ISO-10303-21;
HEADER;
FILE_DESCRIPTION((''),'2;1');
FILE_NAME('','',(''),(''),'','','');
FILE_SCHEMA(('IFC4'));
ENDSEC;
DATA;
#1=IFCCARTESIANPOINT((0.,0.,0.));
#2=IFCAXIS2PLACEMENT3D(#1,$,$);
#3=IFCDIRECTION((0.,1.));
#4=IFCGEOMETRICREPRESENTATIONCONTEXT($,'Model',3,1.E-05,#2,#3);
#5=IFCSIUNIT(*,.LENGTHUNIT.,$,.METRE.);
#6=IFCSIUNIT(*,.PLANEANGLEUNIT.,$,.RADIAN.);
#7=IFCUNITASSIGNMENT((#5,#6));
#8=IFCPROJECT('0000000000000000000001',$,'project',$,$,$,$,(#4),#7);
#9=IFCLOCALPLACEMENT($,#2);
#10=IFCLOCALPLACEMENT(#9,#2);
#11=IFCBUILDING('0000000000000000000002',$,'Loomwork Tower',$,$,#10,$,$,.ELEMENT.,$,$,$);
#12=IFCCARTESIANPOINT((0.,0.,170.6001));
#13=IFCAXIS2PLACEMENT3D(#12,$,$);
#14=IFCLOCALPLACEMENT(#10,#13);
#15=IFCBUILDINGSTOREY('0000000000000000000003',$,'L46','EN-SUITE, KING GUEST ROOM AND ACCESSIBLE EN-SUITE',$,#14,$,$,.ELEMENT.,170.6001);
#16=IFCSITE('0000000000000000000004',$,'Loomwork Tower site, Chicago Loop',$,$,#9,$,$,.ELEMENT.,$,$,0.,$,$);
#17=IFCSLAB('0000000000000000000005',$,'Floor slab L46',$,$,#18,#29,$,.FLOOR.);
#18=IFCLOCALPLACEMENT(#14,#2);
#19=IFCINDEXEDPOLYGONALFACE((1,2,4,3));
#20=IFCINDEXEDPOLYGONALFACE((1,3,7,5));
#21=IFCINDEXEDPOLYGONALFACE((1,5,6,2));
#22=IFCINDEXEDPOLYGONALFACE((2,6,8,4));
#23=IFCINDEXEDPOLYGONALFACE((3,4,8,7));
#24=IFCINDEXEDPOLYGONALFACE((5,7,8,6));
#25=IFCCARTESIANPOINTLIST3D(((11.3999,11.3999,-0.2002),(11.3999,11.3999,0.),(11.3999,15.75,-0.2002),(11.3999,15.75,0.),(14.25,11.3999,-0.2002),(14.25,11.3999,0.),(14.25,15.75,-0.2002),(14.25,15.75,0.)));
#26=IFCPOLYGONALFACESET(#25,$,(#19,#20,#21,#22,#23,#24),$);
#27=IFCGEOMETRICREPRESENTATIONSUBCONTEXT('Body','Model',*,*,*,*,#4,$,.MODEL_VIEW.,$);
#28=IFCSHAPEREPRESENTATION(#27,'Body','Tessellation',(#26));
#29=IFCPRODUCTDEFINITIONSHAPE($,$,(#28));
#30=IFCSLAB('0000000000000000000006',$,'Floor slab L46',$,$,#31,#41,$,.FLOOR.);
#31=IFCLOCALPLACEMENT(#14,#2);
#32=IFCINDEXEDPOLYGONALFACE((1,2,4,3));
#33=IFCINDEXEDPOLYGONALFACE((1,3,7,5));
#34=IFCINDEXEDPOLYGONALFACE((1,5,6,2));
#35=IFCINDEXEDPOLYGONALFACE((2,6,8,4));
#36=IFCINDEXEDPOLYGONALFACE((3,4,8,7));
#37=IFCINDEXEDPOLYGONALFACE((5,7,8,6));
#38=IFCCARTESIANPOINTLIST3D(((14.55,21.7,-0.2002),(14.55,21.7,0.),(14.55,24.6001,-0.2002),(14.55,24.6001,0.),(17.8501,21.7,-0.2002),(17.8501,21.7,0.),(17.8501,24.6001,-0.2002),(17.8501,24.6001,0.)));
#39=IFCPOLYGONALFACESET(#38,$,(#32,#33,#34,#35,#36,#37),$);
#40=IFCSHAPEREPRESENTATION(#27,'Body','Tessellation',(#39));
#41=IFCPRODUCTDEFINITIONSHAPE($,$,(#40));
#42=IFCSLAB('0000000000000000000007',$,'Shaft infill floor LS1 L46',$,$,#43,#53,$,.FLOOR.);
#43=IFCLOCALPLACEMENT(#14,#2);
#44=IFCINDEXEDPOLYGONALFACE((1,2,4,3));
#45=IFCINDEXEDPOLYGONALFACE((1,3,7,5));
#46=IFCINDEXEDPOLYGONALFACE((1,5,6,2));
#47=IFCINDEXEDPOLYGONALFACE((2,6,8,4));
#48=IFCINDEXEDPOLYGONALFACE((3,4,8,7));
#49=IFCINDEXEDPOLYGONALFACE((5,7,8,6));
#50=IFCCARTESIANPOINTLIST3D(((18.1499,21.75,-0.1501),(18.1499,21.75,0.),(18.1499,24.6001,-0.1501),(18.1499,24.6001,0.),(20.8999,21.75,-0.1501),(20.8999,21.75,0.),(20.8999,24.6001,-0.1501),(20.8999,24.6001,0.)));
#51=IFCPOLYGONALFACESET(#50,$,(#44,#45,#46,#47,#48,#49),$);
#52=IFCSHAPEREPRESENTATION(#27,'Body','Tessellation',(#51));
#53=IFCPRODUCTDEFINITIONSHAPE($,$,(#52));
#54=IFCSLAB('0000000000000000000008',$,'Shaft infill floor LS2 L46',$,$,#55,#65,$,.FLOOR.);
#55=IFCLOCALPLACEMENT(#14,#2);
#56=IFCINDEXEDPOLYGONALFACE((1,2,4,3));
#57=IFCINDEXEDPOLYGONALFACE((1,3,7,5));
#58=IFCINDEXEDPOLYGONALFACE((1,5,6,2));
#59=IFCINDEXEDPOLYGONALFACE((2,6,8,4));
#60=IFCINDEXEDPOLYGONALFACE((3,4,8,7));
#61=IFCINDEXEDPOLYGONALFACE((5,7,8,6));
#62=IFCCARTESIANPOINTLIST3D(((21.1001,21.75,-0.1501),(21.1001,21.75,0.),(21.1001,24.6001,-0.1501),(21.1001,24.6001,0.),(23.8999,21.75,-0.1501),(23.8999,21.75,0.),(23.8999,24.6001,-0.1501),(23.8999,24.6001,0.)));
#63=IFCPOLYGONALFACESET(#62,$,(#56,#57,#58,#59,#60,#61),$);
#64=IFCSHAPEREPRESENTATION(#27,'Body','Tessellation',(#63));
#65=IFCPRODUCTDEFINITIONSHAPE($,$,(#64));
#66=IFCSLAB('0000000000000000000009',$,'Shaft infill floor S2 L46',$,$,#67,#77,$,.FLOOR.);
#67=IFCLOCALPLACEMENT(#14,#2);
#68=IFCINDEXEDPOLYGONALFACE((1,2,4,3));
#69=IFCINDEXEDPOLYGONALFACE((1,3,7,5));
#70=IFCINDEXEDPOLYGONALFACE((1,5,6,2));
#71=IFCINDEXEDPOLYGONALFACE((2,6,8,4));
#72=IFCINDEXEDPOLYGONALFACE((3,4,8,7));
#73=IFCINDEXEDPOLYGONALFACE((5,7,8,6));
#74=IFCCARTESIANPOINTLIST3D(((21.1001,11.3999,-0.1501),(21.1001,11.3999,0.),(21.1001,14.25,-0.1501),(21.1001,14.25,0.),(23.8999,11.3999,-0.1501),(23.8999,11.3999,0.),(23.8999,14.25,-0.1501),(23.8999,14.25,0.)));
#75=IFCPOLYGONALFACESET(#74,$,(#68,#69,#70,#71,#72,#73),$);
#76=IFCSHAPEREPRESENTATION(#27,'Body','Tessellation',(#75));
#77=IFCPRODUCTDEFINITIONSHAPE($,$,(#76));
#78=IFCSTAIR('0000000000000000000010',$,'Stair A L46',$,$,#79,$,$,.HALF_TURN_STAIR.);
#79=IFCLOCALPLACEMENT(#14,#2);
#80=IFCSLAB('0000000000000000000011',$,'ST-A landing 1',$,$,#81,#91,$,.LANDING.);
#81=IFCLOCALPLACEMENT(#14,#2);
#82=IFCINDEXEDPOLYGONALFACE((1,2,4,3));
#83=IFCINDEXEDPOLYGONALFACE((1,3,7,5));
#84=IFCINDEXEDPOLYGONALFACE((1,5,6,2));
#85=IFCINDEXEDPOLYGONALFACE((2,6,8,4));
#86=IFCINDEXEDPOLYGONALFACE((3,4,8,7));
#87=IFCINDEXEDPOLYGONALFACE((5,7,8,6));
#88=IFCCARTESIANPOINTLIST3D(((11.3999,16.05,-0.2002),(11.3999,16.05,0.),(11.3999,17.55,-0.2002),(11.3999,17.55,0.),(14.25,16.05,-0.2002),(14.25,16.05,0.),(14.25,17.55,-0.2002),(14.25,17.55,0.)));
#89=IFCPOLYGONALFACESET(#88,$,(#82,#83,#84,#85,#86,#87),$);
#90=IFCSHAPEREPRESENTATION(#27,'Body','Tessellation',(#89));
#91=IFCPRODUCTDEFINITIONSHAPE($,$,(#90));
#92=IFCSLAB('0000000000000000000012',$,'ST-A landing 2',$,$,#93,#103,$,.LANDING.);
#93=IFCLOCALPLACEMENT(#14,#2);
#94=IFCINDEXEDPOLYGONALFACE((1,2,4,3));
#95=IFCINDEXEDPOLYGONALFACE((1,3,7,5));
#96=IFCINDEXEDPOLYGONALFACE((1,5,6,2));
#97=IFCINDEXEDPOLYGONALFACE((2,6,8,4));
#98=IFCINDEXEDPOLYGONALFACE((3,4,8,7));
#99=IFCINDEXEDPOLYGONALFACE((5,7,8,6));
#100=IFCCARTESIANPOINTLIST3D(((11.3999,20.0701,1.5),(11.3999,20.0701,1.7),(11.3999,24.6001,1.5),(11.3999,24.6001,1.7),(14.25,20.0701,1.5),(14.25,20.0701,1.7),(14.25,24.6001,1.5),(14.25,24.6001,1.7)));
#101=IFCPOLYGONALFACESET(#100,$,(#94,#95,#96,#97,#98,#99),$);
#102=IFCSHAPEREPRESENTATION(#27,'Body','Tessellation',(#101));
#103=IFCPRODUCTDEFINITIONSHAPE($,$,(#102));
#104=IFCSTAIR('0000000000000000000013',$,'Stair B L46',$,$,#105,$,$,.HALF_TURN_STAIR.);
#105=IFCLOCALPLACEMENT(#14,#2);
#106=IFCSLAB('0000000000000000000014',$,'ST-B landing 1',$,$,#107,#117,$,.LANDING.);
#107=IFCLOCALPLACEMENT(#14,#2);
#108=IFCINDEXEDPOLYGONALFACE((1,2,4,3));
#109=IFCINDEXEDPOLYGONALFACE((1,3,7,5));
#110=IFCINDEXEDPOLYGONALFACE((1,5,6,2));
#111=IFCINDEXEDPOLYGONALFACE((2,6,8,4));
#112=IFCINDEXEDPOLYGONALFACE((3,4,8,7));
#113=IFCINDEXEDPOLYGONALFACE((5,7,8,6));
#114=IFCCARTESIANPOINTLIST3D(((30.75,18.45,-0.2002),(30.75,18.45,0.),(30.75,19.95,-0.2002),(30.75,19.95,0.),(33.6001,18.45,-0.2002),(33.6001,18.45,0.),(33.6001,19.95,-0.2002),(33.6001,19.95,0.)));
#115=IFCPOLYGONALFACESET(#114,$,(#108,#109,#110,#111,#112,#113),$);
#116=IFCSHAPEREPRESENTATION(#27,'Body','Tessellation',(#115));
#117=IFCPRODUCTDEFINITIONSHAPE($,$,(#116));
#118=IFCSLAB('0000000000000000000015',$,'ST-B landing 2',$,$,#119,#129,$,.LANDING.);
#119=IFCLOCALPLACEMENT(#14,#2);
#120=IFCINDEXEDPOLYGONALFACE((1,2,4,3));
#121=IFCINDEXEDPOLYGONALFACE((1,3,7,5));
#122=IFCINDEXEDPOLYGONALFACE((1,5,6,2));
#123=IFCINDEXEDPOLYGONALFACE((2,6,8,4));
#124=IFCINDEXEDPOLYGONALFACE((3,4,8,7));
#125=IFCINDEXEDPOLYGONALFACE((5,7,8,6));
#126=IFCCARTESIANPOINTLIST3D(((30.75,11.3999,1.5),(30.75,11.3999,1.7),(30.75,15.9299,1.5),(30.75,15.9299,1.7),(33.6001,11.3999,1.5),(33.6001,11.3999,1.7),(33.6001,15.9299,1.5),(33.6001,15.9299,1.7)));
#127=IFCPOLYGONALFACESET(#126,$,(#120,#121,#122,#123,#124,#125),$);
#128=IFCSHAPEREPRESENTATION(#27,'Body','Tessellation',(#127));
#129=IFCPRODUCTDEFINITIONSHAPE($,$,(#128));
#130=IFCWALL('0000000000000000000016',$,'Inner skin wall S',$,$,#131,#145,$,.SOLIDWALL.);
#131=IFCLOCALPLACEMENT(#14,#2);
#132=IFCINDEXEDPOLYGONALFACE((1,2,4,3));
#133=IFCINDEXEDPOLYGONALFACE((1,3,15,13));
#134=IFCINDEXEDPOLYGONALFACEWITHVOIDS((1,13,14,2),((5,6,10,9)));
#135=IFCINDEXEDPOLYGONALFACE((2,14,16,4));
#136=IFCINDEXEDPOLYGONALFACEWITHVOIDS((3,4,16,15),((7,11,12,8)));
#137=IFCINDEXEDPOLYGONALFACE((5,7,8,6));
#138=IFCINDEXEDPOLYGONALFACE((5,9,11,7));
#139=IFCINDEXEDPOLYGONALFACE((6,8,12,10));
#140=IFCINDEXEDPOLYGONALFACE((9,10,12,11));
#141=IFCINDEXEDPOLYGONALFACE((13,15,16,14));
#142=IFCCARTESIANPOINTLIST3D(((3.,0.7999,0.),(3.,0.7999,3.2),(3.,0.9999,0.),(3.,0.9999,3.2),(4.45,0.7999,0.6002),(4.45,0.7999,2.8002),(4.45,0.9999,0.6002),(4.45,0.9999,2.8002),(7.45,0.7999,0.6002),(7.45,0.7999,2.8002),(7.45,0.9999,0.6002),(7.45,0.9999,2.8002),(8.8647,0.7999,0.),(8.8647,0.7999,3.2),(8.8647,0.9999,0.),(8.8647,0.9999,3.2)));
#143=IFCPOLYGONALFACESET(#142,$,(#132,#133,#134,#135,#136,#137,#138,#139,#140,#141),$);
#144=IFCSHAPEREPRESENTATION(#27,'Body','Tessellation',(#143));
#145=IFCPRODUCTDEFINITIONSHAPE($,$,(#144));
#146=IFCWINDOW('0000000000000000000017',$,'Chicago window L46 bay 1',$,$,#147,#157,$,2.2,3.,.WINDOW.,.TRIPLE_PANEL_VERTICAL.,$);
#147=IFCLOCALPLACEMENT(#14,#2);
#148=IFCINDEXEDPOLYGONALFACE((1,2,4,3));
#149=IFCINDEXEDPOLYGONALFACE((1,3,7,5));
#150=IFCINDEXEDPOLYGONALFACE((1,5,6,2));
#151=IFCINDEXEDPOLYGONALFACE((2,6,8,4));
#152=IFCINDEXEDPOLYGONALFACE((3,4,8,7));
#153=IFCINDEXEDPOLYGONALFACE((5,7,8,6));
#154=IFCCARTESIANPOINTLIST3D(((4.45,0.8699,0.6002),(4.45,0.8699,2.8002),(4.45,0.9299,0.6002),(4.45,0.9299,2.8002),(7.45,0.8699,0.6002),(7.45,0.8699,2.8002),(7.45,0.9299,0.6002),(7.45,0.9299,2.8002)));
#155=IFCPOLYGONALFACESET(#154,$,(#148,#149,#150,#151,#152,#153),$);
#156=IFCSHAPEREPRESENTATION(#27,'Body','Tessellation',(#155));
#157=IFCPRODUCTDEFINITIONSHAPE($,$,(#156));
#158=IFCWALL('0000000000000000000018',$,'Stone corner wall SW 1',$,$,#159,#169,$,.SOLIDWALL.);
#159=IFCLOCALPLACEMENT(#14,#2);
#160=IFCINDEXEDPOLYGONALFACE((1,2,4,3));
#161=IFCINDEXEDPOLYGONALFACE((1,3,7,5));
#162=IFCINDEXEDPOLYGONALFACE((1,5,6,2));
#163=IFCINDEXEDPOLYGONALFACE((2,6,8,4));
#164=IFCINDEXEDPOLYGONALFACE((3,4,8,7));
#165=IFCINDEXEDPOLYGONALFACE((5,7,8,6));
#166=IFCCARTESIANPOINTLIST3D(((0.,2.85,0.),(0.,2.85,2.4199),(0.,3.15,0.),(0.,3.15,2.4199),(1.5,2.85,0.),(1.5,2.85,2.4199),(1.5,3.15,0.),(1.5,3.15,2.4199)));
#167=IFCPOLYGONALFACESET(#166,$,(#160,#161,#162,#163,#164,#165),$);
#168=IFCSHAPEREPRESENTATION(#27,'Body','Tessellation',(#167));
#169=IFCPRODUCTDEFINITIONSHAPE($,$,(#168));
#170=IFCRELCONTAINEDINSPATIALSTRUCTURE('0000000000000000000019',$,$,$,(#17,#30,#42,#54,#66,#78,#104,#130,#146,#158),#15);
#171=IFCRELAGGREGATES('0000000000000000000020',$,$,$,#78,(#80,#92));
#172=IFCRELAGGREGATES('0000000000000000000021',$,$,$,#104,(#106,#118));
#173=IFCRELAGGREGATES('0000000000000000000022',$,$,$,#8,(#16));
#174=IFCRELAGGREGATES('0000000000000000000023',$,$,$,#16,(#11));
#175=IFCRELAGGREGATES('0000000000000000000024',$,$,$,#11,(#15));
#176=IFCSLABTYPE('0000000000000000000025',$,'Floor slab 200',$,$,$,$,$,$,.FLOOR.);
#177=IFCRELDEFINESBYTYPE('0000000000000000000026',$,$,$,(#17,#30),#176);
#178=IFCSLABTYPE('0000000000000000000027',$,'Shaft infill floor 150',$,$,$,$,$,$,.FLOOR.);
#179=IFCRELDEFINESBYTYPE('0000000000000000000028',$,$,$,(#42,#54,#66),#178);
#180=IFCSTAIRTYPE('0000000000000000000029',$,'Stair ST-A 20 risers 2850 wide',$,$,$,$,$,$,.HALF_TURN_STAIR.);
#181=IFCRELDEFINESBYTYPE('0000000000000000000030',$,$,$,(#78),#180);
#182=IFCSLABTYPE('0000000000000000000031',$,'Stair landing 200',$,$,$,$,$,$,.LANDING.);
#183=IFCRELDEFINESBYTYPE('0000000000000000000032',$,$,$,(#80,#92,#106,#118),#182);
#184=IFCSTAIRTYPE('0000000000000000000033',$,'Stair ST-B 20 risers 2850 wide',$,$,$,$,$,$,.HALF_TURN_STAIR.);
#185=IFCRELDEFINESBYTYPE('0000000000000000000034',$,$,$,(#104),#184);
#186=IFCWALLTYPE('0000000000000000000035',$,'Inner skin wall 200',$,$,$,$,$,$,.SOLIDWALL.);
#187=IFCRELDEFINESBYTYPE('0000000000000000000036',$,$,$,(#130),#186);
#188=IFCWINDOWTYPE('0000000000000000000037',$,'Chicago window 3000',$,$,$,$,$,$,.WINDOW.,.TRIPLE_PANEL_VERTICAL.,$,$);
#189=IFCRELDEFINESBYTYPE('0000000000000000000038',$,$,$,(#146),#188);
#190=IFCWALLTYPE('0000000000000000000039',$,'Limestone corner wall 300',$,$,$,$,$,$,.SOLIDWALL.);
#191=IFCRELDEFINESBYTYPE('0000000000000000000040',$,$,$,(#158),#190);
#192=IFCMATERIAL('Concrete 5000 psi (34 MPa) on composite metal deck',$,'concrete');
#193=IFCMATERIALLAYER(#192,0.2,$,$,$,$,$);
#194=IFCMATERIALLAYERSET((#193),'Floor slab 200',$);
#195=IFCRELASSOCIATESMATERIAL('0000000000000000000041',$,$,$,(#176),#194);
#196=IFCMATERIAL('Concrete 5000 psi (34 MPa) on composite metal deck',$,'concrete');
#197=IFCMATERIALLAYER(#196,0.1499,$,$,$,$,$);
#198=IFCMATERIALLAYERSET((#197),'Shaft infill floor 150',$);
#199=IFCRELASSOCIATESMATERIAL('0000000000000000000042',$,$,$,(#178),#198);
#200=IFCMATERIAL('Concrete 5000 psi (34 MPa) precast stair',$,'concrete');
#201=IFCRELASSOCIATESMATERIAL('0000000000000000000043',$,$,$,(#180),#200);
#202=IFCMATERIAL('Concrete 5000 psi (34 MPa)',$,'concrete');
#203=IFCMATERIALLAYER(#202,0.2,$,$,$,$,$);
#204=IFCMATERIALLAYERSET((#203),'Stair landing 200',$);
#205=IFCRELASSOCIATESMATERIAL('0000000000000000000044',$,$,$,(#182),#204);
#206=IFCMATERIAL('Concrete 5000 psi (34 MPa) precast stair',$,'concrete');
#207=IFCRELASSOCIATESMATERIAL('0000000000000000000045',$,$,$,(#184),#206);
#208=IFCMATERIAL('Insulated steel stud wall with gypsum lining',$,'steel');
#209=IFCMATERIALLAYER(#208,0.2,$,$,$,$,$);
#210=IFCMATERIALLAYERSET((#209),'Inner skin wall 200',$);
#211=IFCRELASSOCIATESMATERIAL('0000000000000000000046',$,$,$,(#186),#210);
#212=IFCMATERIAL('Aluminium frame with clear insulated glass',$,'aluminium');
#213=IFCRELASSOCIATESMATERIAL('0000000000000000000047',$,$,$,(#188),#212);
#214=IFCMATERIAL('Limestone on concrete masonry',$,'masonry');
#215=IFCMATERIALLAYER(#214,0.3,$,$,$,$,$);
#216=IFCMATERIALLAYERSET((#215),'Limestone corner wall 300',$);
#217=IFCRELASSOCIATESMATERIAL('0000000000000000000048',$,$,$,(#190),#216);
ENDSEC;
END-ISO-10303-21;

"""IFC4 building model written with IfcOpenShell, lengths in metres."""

from ifc_helpers import new_model, si_unit, direction, frame, frame_2d, origin, place, context, subcontext, project, spatial, polyline, rectangle, outline, extrude, material, layer, layer_set, type_object, element, fill, aggregate, save


model = new_model("IFC4")

# Units and contexts
model_context = context("Model", 3, precision=1e-05, world=origin(), true_north=direction((0.0, 1.0)))
body_context = subcontext(model_context, "Body", "Model", "MODEL_VIEW")
ifc_project = project(units=[si_unit("LENGTHUNIT", "METRE"), si_unit("PLANEANGLEUNIT", "RADIAN")], contexts=[model_context])

# Site, building, storey
site_placement = place(None, origin())
site = spatial("IfcSite", under=ifc_project, at=site_placement, Name="Loomwork Tower site, Chicago Loop", CompositionType="ELEMENT", RefElevation=0.0)
building_placement = place(site_placement, origin())
building = spatial("IfcBuilding", under=site, at=building_placement, Name="Loomwork Tower", CompositionType="ELEMENT")
storey_placement = place(building_placement, frame((0.0, 0.0, 170.6001)))
storey = spatial("IfcBuildingStorey", under=building, at=storey_placement, Name="L46", Description="EN-SUITE, KING GUEST ROOM AND ACCESSIBLE EN-SUITE", CompositionType="ELEMENT", Elevation=170.6001)

# Slabs
ifc_material_1 = material(Name="Concrete 5000 psi (34 MPa) on composite metal deck", Category="concrete")
ifc_layer_1 = layer(ifc_material_1, 0.2)
ifc_layer_set_1 = layer_set([ifc_layer_1], Name="Floor slab 200")
slab_type_1 = type_object("IfcSlabType", Name="Floor slab 200", PredefinedType="FLOOR", material=ifc_layer_set_1)
slab_1_placement = place(storey_placement, frame((0.0, 0.0, -0.2002)))
element("IfcSlab", 1, at=slab_1_placement, inside=storey, type_object=slab_type_1, Name="Floor slab L46", PredefinedType="FLOOR", context=body_context, shape_type="SweptSolid", body=[
    extrude(outline(polyline([(14.25, 15.75), (14.25, 11.3999), (11.3999, 11.3999), (11.3999, 15.75), (14.25, 15.75)])), origin(), (0.0, 0.0, 1.0), 0.2002),
])
slab_2_placement = place(storey_placement, frame((0.0, 0.0, -0.2002)))
element("IfcSlab", 2, at=slab_2_placement, inside=storey, type_object=slab_type_1, Name="Floor slab L46", PredefinedType="FLOOR", context=body_context, shape_type="SweptSolid", body=[
    extrude(outline(polyline([(14.55, 21.7), (14.55, 24.6001), (17.8501, 24.6001), (17.8501, 21.7), (14.55, 21.7)])), origin(), (0.0, 0.0, 1.0), 0.2002),
])
ifc_material_2 = material(Name="Concrete 5000 psi (34 MPa) on composite metal deck", Category="concrete")
ifc_layer_2 = layer(ifc_material_2, 0.1499)
ifc_layer_set_2 = layer_set([ifc_layer_2], Name="Shaft infill floor 150")
slab_type_2 = type_object("IfcSlabType", Name="Shaft infill floor 150", PredefinedType="FLOOR", material=ifc_layer_set_2)
slab_3_placement = place(storey_placement, frame((0.0, 0.0, -0.1501)))
element("IfcSlab", 3, at=slab_3_placement, inside=storey, type_object=slab_type_2, Name="Shaft infill floor LS1 L46", PredefinedType="FLOOR", context=body_context, shape_type="SweptSolid", body=[
    extrude(outline(polyline([(18.1499, 21.75), (20.8999, 21.75), (20.8999, 24.6001), (18.1499, 24.6001), (18.1499, 21.75)])), origin(), (0.0, 0.0, 1.0), 0.1501),
])
slab_4_placement = place(storey_placement, frame((0.0, 0.0, -0.1501)))
element("IfcSlab", 4, at=slab_4_placement, inside=storey, type_object=slab_type_2, Name="Shaft infill floor LS2 L46", PredefinedType="FLOOR", context=body_context, shape_type="SweptSolid", body=[
    extrude(outline(polyline([(21.1001, 21.75), (23.8999, 21.75), (23.8999, 24.6001), (21.1001, 24.6001), (21.1001, 21.75)])), origin(), (0.0, 0.0, 1.0), 0.1501),
])
slab_5_placement = place(storey_placement, frame((0.0, 0.0, -0.1501)))
element("IfcSlab", 5, at=slab_5_placement, inside=storey, type_object=slab_type_2, Name="Shaft infill floor S2 L46", PredefinedType="FLOOR", context=body_context, shape_type="SweptSolid", body=[
    extrude(outline(polyline([(21.1001, 11.3999), (23.8999, 11.3999), (23.8999, 14.25), (21.1001, 14.25), (21.1001, 11.3999)])), origin(), (0.0, 0.0, 1.0), 0.1501),
])

# Stairs, slabs
ifc_material_3 = material(Name="Concrete 5000 psi (34 MPa) precast stair", Category="concrete")
stair_type_1 = type_object("IfcStairType", Name="Stair ST-A 20 risers 2850 wide", PredefinedType="HALF_TURN_STAIR", material=ifc_material_3)
stair_1_placement = place(storey_placement, origin())
stair_1 = element("IfcStair", 6, at=stair_1_placement, inside=storey, type_object=stair_type_1, Name="Stair A L46", PredefinedType="HALF_TURN_STAIR")
ifc_material_4 = material(Name="Concrete 5000 psi (34 MPa)", Category="concrete")
ifc_layer_3 = layer(ifc_material_4, 0.2)
ifc_layer_set_3 = layer_set([ifc_layer_3], Name="Stair landing 200")
slab_type_3 = type_object("IfcSlabType", Name="Stair landing 200", PredefinedType="LANDING", material=ifc_layer_set_3)
slab_6_placement = place(storey_placement, frame((0.0, 0.0, -0.2002)))
slab_6 = element("IfcSlab", 7, at=slab_6_placement, type_object=slab_type_3, Name="ST-A landing 1", PredefinedType="LANDING", context=body_context, shape_type="SweptSolid", body=[
    extrude(outline(polyline([(11.3999, 16.05), (14.25, 16.05), (14.25, 17.55), (11.3999, 17.55), (11.3999, 16.05)])), origin(), (0.0, 0.0, 1.0), 0.2002),
])
slab_7_placement = place(storey_placement, frame((0.0, 0.0, 1.5)))
slab_7 = element("IfcSlab", 8, at=slab_7_placement, type_object=slab_type_3, Name="ST-A landing 2", PredefinedType="LANDING", context=body_context, shape_type="SweptSolid", body=[
    extrude(outline(polyline([(11.3999, 20.0701), (14.25, 20.0701), (14.25, 24.6001), (11.3999, 24.6001), (11.3999, 20.0701)])), origin(), (0.0, 0.0, 1.0), 0.2),
])
aggregate(stair_1, [slab_6, slab_7])
ifc_material_5 = material(Name="Concrete 5000 psi (34 MPa) precast stair", Category="concrete")
stair_type_2 = type_object("IfcStairType", Name="Stair ST-B 20 risers 2850 wide", PredefinedType="HALF_TURN_STAIR", material=ifc_material_5)
stair_2_placement = place(storey_placement, origin())
stair_2 = element("IfcStair", 9, at=stair_2_placement, inside=storey, type_object=stair_type_2, Name="Stair B L46", PredefinedType="HALF_TURN_STAIR")
slab_8_placement = place(storey_placement, frame((0.0, 0.0, -0.2002)))
slab_8 = element("IfcSlab", 10, at=slab_8_placement, type_object=slab_type_3, Name="ST-B landing 1", PredefinedType="LANDING", context=body_context, shape_type="SweptSolid", body=[
    extrude(outline(polyline([(30.75, 18.45), (33.6001, 18.45), (33.6001, 19.95), (30.75, 19.95), (30.75, 18.45)])), origin(), (0.0, 0.0, 1.0), 0.2002),
])
slab_9_placement = place(storey_placement, frame((0.0, 0.0, 1.5)))
slab_9 = element("IfcSlab", 11, at=slab_9_placement, type_object=slab_type_3, Name="ST-B landing 2", PredefinedType="LANDING", context=body_context, shape_type="SweptSolid", body=[
    extrude(outline(polyline([(30.75, 11.3999), (33.6001, 11.3999), (33.6001, 15.9299), (30.75, 15.9299), (30.75, 11.3999)])), origin(), (0.0, 0.0, 1.0), 0.2),
])
aggregate(stair_2, [slab_8, slab_9])

# Wall, opening, window
ifc_material_6 = material(Name="Insulated steel stud wall with gypsum lining", Category="steel")
ifc_layer_4 = layer(ifc_material_6, 0.2)
ifc_layer_set_4 = layer_set([ifc_layer_4], Name="Inner skin wall 200")
wall_type_1 = type_object("IfcWallType", Name="Inner skin wall 200", PredefinedType="SOLIDWALL", material=ifc_layer_set_4)
wall_1_placement = place(storey_placement, frame((3.0, 0.8999, 0.0), z_axis=(0.0, 0.0, 1.0), x_axis=(1.0, 0.0, 0.0)))
wall_1 = element("IfcWall", 12, at=wall_1_placement, inside=storey, type_object=wall_type_1, Name="Inner skin wall S", PredefinedType="SOLIDWALL", context=body_context, shape_type="SweptSolid", body=[
    extrude(rectangle(XDim=5.8647, YDim=0.2, at=frame_2d((2.9324, 0.0))), origin(), (0.0, 0.0, 1.0), 3.2),
])
opening_1_placement = place(wall_1_placement, frame((1.45, 0.0, 0.6001)))
opening_1 = element("IfcOpeningElement", 13, at=opening_1_placement, cuts=wall_1, PredefinedType="OPENING", context=body_context, shape_type="SweptSolid", body=[
    extrude(rectangle(XDim=3.0, YDim=2.2, at=frame_2d((1.5, 1.1001))), frame((0.0, 0.1099, 0.0), z_axis=(0.0, -1.0, 0.0), x_axis=(1.0, 0.0, 0.0)), (0.0, 0.0, 1.0), 0.22),
])
ifc_material_7 = material(Name="Aluminium frame with clear insulated glass", Category="aluminium")
window_type_1 = type_object("IfcWindowType", Name="Chicago window 3000", PartitioningType="TRIPLE_PANEL_VERTICAL", PredefinedType="WINDOW", material=ifc_material_7)
window_1_placement = place(opening_1_placement, origin())
window_1 = element("IfcWindow", 14, at=window_1_placement, inside=storey, type_object=window_type_1, Name="Chicago window L46 bay 1", OverallHeight=2.2, OverallWidth=3.0, PartitioningType="TRIPLE_PANEL_VERTICAL", PredefinedType="WINDOW", context=body_context, shape_type="SweptSolid", body=[
    extrude(rectangle(XDim=3.0, YDim=2.2, at=frame_2d((1.5, 1.1001))), frame((0.0, 0.03, 0.0), z_axis=(0.0, -1.0, 0.0), x_axis=(1.0, 0.0, 0.0)), (0.0, 0.0, 1.0), 0.0601),
])
fill(opening_1, window_1)

# Wall
ifc_material_8 = material(Name="Limestone on concrete masonry", Category="masonry")
ifc_layer_5 = layer(ifc_material_8, 0.3)
ifc_layer_set_5 = layer_set([ifc_layer_5], Name="Limestone corner wall 300")
wall_type_2 = type_object("IfcWallType", Name="Limestone corner wall 300", PredefinedType="SOLIDWALL", material=ifc_layer_set_5)
wall_2_placement = place(storey_placement, frame((0.0, 3.0, 0.0), z_axis=(0.0, 0.0, 1.0), x_axis=(1.0, 0.0, 0.0)))
element("IfcWall", 15, at=wall_2_placement, inside=storey, type_object=wall_type_2, Name="Stone corner wall SW 1", PredefinedType="SOLIDWALL", context=body_context, shape_type="SweptSolid", body=[
    extrude(rectangle(XDim=1.5, YDim=0.3, at=frame_2d((0.75, 0.0))), origin(), (0.0, 0.0, 1.0), 2.4199),
])

save(model, "model.ifc")
